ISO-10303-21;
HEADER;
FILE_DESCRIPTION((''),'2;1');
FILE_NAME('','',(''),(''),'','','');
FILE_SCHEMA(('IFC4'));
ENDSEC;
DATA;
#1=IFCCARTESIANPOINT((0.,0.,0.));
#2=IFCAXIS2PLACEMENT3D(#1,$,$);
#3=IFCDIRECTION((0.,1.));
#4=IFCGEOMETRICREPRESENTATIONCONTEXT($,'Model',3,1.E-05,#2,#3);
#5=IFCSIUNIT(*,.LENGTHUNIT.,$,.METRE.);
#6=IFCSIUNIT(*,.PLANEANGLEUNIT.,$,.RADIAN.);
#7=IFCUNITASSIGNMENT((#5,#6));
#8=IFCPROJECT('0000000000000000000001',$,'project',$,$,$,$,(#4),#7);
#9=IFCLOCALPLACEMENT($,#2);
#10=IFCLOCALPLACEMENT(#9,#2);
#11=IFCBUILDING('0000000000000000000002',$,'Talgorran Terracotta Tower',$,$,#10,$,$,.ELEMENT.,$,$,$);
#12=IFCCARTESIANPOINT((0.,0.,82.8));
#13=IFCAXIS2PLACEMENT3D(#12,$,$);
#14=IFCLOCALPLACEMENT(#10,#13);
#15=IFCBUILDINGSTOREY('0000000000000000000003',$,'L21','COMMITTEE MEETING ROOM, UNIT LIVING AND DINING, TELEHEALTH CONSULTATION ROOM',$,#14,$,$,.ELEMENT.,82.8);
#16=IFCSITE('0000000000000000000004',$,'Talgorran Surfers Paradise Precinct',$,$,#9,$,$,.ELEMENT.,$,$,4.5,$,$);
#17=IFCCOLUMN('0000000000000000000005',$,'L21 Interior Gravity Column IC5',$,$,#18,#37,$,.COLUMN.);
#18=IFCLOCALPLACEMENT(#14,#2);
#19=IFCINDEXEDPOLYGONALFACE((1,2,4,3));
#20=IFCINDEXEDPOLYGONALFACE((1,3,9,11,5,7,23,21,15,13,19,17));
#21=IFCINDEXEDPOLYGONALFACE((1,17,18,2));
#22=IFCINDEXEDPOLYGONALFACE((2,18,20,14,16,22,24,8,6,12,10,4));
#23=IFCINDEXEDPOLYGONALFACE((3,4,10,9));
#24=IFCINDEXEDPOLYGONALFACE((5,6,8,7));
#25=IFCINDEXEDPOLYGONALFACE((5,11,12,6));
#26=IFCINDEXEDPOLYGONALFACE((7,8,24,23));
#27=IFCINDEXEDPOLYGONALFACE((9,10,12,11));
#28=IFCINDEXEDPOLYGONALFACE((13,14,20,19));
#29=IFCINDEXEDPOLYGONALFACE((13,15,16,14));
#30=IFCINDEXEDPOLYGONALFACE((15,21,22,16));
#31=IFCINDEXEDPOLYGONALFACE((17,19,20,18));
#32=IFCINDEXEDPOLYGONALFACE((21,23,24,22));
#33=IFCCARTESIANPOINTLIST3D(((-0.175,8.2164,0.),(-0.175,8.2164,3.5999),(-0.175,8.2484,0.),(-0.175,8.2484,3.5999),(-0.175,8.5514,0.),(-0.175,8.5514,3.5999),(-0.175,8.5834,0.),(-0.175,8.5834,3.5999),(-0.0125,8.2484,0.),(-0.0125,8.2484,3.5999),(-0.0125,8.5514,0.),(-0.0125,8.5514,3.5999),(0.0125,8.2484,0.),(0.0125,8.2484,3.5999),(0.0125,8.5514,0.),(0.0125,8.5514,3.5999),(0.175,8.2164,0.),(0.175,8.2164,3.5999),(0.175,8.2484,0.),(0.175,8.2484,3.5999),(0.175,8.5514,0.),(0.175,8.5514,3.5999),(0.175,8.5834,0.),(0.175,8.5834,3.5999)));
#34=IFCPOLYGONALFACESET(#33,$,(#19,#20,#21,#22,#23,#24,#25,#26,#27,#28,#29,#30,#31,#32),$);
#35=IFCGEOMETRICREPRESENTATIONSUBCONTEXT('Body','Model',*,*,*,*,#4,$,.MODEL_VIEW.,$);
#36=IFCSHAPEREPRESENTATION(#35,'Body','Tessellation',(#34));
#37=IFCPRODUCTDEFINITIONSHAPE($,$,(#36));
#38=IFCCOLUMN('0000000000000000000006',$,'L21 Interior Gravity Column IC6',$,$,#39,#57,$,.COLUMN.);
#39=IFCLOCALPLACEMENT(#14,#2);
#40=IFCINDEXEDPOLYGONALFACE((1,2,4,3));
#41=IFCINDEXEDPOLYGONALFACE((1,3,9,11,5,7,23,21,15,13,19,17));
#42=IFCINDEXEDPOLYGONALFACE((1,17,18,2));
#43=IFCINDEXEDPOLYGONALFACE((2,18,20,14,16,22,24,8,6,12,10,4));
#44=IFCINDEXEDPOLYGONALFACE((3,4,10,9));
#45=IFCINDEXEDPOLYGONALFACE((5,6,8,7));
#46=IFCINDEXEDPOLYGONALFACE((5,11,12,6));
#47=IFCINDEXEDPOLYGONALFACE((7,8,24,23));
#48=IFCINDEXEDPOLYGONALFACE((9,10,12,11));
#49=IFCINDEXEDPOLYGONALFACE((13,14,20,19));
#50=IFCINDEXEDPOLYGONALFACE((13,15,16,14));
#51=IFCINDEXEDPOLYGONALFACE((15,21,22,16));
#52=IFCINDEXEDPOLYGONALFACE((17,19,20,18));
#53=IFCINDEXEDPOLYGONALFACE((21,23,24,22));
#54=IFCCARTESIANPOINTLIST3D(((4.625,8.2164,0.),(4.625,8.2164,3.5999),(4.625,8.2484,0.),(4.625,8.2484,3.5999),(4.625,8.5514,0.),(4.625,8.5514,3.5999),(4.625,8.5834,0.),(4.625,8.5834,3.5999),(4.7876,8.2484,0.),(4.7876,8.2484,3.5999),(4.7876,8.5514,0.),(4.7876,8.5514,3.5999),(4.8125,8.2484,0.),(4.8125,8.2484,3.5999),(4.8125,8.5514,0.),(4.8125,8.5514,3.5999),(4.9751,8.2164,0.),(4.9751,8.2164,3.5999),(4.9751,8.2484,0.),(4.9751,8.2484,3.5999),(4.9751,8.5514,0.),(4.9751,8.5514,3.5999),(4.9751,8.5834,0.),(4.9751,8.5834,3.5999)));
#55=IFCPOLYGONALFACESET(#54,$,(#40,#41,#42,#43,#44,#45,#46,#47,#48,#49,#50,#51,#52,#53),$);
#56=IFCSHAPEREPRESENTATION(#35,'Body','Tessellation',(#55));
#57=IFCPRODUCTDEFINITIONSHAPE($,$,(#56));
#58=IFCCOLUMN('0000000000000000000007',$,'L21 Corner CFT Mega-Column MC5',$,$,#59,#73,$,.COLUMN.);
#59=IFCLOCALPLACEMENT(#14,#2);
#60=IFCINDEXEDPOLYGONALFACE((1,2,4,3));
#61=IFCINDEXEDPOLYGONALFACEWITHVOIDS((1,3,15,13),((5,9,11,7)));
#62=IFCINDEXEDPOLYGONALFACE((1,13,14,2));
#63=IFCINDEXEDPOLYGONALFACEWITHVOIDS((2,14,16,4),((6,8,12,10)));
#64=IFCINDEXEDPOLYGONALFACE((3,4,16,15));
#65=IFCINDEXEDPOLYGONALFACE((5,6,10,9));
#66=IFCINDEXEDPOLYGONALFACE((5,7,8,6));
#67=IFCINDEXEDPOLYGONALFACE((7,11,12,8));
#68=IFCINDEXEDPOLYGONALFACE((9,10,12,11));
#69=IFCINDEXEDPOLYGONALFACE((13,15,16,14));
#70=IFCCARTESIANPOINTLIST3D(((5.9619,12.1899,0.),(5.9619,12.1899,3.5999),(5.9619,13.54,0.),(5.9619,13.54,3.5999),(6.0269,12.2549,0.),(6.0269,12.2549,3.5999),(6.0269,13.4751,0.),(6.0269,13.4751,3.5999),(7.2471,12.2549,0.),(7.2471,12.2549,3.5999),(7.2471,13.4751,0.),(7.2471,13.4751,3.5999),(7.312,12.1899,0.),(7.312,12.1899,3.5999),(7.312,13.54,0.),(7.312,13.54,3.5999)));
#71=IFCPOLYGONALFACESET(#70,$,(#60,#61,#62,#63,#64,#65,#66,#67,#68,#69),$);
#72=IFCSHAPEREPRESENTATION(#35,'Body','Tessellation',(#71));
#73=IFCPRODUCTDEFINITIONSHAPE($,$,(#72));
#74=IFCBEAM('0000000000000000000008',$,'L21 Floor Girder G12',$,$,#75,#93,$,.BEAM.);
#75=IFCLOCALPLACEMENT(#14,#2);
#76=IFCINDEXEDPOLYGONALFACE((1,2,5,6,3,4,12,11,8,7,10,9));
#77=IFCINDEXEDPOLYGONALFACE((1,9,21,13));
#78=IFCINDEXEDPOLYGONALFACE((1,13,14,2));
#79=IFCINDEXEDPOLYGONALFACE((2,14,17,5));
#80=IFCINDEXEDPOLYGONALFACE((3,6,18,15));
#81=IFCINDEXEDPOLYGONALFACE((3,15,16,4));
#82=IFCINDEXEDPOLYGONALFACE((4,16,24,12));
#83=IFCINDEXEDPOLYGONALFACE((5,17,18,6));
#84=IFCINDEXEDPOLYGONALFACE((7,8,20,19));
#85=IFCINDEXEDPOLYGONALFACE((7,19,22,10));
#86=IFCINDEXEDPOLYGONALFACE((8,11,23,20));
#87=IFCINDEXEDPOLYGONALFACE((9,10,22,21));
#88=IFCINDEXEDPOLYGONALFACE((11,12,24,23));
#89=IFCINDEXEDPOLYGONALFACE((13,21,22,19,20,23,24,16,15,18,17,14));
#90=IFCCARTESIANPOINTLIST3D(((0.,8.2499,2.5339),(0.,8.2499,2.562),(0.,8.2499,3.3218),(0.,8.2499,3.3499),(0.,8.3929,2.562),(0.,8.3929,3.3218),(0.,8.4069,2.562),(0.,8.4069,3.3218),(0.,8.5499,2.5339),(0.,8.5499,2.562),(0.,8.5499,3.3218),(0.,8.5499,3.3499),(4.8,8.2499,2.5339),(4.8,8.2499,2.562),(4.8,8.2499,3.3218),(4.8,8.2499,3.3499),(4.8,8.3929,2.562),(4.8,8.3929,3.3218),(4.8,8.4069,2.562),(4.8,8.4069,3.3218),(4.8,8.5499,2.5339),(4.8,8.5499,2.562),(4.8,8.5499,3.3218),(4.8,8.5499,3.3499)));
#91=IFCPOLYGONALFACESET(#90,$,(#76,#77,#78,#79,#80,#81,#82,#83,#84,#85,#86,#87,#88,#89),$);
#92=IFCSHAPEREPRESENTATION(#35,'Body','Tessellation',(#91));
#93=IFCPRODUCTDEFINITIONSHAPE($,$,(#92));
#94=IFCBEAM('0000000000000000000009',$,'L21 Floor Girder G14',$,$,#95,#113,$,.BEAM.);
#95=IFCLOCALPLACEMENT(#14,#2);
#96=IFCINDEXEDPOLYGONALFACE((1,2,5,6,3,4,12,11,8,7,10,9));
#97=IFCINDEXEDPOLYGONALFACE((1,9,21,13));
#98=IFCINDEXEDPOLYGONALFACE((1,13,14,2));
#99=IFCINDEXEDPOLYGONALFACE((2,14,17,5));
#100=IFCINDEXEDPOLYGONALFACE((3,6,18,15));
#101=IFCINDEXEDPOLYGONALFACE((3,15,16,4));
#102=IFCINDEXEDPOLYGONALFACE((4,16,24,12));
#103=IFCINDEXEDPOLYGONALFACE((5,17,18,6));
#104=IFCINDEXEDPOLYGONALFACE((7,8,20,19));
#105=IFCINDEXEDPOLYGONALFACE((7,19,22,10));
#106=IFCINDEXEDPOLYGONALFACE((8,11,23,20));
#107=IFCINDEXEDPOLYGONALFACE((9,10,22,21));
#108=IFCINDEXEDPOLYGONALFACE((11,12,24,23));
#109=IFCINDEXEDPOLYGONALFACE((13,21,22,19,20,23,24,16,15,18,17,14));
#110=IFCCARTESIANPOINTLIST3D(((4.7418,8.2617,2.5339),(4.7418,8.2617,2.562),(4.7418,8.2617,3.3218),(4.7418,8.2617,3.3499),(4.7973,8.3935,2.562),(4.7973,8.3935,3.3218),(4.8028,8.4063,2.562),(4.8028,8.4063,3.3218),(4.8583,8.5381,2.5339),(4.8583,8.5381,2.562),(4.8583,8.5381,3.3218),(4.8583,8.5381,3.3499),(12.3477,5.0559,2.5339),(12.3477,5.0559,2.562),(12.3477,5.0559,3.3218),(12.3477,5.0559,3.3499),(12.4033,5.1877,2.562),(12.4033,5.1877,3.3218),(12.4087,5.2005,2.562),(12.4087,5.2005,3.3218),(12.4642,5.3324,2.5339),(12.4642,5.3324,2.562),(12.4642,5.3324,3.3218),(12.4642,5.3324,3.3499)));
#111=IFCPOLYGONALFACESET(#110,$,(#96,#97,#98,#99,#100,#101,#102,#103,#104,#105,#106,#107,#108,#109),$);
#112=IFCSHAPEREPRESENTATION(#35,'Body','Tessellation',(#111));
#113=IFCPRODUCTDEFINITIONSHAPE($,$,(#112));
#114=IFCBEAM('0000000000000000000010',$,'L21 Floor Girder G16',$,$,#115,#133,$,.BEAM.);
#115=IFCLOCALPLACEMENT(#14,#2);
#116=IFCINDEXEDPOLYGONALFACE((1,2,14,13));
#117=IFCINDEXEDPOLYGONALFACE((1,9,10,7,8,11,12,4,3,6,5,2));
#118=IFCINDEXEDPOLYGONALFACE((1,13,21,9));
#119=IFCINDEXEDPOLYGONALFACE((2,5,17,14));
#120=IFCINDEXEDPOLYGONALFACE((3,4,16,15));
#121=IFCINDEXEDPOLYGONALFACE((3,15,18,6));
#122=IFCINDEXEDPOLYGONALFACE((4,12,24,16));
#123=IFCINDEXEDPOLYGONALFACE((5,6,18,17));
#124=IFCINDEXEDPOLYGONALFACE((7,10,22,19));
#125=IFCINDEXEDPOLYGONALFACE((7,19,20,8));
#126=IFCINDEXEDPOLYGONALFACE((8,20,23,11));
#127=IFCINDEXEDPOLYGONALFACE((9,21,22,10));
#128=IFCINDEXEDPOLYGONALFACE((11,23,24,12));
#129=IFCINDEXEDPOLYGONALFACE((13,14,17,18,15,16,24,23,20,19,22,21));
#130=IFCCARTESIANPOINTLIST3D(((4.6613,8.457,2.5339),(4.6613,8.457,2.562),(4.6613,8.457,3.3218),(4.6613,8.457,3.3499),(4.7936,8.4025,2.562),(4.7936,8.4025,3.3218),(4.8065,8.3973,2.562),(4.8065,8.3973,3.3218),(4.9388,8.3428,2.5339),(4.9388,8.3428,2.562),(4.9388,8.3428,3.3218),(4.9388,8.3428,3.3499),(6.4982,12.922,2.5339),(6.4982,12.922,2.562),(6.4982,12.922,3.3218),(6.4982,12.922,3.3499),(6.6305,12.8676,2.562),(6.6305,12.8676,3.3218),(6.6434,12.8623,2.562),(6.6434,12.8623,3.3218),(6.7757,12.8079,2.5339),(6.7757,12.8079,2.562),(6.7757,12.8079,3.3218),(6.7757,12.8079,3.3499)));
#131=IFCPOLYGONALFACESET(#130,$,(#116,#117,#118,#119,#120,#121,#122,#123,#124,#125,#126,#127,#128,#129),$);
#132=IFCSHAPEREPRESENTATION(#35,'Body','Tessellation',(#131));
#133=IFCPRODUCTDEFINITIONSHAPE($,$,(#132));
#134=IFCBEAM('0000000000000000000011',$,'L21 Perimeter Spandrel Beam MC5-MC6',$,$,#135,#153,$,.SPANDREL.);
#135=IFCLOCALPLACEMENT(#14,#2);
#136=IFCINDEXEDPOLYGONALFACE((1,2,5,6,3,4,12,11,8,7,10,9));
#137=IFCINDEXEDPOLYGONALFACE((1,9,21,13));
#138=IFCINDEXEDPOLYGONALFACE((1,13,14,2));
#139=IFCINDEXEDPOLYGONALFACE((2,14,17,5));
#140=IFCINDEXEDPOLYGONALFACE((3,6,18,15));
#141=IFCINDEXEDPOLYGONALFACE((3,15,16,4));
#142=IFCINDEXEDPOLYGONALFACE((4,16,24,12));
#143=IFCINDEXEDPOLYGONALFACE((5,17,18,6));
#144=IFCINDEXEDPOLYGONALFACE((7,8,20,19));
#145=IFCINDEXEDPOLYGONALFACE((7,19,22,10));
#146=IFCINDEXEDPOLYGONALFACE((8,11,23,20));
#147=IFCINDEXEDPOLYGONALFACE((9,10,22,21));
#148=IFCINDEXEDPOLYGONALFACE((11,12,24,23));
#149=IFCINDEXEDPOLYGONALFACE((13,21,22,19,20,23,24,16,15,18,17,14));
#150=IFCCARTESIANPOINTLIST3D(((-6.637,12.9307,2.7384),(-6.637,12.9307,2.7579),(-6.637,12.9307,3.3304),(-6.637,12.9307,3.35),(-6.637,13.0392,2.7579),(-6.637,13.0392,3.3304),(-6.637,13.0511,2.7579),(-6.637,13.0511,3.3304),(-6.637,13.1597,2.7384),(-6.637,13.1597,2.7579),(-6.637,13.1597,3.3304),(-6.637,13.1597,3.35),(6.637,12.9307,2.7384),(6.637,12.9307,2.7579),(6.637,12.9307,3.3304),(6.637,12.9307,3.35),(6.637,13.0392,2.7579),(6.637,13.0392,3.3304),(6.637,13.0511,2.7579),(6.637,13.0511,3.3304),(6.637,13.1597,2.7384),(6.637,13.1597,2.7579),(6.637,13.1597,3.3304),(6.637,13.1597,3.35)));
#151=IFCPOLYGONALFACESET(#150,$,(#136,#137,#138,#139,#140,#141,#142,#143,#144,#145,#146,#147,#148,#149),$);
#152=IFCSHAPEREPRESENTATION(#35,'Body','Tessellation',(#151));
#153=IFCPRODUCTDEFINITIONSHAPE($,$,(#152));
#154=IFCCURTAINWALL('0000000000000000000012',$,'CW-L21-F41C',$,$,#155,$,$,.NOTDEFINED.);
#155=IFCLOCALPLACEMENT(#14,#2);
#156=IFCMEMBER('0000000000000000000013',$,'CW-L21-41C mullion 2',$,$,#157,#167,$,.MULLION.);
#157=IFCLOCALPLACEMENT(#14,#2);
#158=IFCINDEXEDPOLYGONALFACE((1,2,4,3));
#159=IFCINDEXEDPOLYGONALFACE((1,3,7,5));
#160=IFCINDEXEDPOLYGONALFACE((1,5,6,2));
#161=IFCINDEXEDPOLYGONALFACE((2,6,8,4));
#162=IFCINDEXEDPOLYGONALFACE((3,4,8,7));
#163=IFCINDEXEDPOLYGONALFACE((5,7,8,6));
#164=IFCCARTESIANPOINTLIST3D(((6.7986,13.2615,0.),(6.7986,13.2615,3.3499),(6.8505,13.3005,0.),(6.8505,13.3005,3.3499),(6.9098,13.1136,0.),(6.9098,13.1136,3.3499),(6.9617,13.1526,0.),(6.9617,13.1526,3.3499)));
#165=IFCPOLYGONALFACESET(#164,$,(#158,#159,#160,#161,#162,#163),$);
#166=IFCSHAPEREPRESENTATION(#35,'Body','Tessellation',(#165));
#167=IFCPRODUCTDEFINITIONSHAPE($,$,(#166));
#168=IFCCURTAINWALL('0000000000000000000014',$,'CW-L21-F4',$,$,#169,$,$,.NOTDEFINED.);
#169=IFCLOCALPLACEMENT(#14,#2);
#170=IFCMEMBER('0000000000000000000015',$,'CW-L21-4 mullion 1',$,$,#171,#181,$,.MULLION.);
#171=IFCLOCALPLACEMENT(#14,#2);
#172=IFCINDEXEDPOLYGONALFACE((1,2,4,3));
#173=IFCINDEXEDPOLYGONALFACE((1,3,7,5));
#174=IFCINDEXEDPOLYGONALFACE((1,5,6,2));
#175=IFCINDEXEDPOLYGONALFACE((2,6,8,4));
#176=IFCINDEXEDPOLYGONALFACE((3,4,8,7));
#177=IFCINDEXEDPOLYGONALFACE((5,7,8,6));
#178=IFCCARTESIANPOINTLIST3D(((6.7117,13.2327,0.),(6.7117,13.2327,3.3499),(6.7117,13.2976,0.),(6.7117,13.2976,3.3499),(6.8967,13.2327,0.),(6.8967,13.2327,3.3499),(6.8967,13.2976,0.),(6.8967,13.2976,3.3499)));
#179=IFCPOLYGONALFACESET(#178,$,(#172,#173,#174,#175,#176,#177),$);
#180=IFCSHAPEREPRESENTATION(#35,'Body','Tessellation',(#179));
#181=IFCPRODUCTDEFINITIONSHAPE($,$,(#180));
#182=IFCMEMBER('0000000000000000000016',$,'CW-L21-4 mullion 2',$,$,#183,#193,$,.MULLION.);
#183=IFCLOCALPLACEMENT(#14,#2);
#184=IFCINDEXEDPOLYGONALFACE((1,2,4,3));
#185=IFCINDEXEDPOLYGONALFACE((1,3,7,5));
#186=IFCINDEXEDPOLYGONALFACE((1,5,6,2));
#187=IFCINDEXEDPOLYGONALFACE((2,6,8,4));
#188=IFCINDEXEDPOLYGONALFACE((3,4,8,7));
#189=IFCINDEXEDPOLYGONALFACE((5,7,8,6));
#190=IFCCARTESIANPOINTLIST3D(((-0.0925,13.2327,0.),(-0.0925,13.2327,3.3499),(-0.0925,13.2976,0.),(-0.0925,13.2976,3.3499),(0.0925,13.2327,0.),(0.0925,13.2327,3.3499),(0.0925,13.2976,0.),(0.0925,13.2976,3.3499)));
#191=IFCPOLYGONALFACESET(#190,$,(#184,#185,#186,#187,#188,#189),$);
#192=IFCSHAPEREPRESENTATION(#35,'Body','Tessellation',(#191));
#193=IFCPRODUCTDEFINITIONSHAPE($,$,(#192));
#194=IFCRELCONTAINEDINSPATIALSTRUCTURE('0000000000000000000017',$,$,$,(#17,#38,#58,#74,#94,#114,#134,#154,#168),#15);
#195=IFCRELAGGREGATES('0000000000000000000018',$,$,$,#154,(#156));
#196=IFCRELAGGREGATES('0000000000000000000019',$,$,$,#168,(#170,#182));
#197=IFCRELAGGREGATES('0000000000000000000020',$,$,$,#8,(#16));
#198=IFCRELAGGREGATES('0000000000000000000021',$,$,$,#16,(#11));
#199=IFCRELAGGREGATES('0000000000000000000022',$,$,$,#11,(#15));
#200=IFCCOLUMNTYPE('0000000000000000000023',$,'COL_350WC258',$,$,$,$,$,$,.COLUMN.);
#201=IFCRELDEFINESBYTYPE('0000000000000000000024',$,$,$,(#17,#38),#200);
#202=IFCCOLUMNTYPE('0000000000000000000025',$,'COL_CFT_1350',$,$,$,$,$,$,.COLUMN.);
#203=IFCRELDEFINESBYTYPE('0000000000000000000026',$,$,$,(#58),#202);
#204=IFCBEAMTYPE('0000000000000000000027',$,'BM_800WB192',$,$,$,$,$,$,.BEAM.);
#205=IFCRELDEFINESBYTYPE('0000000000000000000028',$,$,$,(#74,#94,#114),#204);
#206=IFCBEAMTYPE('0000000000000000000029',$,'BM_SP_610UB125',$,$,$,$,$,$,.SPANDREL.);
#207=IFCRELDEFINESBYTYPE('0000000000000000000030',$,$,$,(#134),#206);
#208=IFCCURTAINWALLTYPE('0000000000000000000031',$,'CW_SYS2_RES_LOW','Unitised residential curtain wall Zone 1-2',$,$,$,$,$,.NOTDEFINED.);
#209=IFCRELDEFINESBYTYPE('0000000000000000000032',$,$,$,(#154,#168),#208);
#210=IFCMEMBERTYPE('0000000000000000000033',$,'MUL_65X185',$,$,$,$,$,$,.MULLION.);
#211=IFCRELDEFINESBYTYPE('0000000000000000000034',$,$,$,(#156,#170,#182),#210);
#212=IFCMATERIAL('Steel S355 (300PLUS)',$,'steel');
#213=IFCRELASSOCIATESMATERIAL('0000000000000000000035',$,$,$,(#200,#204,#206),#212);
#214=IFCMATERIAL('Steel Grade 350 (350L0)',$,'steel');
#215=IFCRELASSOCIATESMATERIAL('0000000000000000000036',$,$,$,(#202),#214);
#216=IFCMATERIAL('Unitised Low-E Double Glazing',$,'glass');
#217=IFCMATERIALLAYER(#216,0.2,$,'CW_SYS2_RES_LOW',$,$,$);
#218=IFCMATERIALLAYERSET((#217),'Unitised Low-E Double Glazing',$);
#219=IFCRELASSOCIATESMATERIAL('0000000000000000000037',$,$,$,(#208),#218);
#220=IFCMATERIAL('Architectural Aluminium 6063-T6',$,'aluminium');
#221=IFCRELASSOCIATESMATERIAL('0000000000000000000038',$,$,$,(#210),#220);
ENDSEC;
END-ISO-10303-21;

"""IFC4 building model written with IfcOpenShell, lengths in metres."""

from ifc_helpers import new_model, si_unit, direction, frame, origin, origin_2d, place, context, subcontext, project, spatial, rectangle, hollow_rectangle, i_section, extrude, material, layer, layer_set, material_profile, profile_set, type_object, element, aggregate, save


model = new_model("IFC4")

# Units and contexts
model_context = context("Model", 3, precision=1e-05, world=origin(), true_north=direction((0.0, 1.0)))
body_context = subcontext(model_context, "Body", "Model", "MODEL_VIEW")
ifc_project = project(units=[si_unit("LENGTHUNIT", "METRE"), si_unit("PLANEANGLEUNIT", "RADIAN")], contexts=[model_context])

# Site, building, storey
site_placement = place(None, origin())
site = spatial("IfcSite", under=ifc_project, at=site_placement, Name="Talgorran Surfers Paradise Precinct", CompositionType="ELEMENT", RefElevation=4.5)
building_placement = place(site_placement, origin())
building = spatial("IfcBuilding", under=site, at=building_placement, Name="Talgorran Terracotta Tower", CompositionType="ELEMENT")
storey_placement = place(building_placement, frame((0.0, 0.0, 82.8)))
storey = spatial("IfcBuildingStorey", under=building, at=storey_placement, Name="L21", Description="COMMITTEE MEETING ROOM, UNIT LIVING AND DINING, TELEHEALTH CONSULTATION ROOM", CompositionType="ELEMENT", Elevation=82.8)

# Columns
ifc_material_1 = material(Name="Steel S355 (300PLUS)", Category="steel")
ifc_material_profile_1 = material_profile(ifc_material_1, i_section(OverallWidth=0.3501, OverallDepth=0.3669, WebThickness=0.0249, FlangeThickness=0.032, at=origin_2d()), Name="350WC258")
ifc_profile_set_1 = profile_set([ifc_material_profile_1], Name="Steel S355 (300PLUS)")
column_type_1 = type_object("IfcColumnType", Name="COL_350WC258", PredefinedType="COLUMN", material=ifc_profile_set_1)
for number, where, z_axis, x_axis, name in (
    (1, (0.0, 8.3999, 0.0), (0.0, 0.0, 1.0), (1.0, 0.0, 0.0), "L21 Interior Gravity Column IC5"),
    (2, (4.8, 8.3999, 0.0), (0.0, 0.0, 1.0), (1.0, 0.0, 0.0), "L21 Interior Gravity Column IC6"),
):
    element("IfcColumn", number, at=place(storey_placement, frame(where, z_axis=z_axis, x_axis=x_axis)), inside=storey, type_object=column_type_1, Name=name, PredefinedType="COLUMN", context=body_context, shape_type="SweptSolid", body=[
        extrude(i_section(OverallWidth=0.3501, OverallDepth=0.3669, WebThickness=0.0249, FlangeThickness=0.032, at=origin_2d()), origin(), (0.0, 0.0, 1.0), 3.5999),
    ])
ifc_material_2 = material(Name="Steel Grade 350 (350L0)", Category="steel")
ifc_material_profile_2 = material_profile(ifc_material_2, hollow_rectangle(XDim=1.3501, YDim=1.3501, WallThickness=0.0649, at=origin_2d()), Name="CFT1350X1350X65")
ifc_profile_set_2 = profile_set([ifc_material_profile_2], Name="Steel Grade 350 (350L0)")
column_type_2 = type_object("IfcColumnType", Name="COL_CFT_1350", PredefinedType="COLUMN", material=ifc_profile_set_2)
column_placement = place(storey_placement, frame((6.637, 12.865, 0.0), z_axis=(0.0, 0.0, 1.0), x_axis=(1.0, 0.0, 0.0)))
element("IfcColumn", 3, at=column_placement, inside=storey, type_object=column_type_2, Name="L21 Corner CFT Mega-Column MC5", PredefinedType="COLUMN", context=body_context, shape_type="SweptSolid", body=[
    extrude(hollow_rectangle(XDim=1.3501, YDim=1.3501, WallThickness=0.0649, at=origin_2d()), origin(), (0.0, 0.0, 1.0), 3.5999),
])

# Beams
ifc_material_profile_3 = material_profile(ifc_material_1, i_section(OverallWidth=0.3, OverallDepth=0.8159, WebThickness=0.0139, FlangeThickness=0.0281, at=origin_2d()), Name="800WB192")
ifc_profile_set_3 = profile_set([ifc_material_profile_3], Name="Steel S355 (300PLUS)")
beam_type_1 = type_object("IfcBeamType", Name="BM_800WB192", PredefinedType="BEAM", material=ifc_profile_set_3)
beam_1_placement = place(storey_placement, frame((0.0, 8.3999, 2.9419), z_axis=(1.0, 0.0, 0.0), x_axis=(0.0, 1.0, 0.0)))
element("IfcBeam", 4, at=beam_1_placement, inside=storey, type_object=beam_type_1, Name="L21 Floor Girder G12", PredefinedType="BEAM", context=body_context, shape_type="SweptSolid", body=[
    extrude(i_section(OverallWidth=0.3, OverallDepth=0.8159, WebThickness=0.0139, FlangeThickness=0.0281, at=origin_2d()), origin(), (0.0, 0.0, 1.0), 4.8),
])
beam_2_placement = place(storey_placement, frame((4.8, 8.3999, 2.9419), z_axis=(0.921492, -0.388397, 0.0), x_axis=(0.388397, 0.921492, 0.0)))
element("IfcBeam", 5, at=beam_2_placement, inside=storey, type_object=beam_type_1, Name="L21 Floor Girder G14", PredefinedType="BEAM", context=body_context, shape_type="SweptSolid", body=[
    extrude(i_section(OverallWidth=0.3, OverallDepth=0.8159, WebThickness=0.0139, FlangeThickness=0.0281, at=origin_2d()), origin(), (0.0, 0.0, 1.0), 8.2539),
])
beam_3_placement = place(storey_placement, frame((4.8, 8.3999, 2.9419), z_axis=(0.380457, 0.924798, 0.0), x_axis=(-0.924798, 0.380457, 0.0)))
element("IfcBeam", 6, at=beam_3_placement, inside=storey, type_object=beam_type_1, Name="L21 Floor Girder G16", PredefinedType="BEAM", context=body_context, shape_type="SweptSolid", body=[
    extrude(i_section(OverallWidth=0.3, OverallDepth=0.8159, WebThickness=0.0139, FlangeThickness=0.0281, at=origin_2d()), origin(), (0.0, 0.0, 1.0), 4.8281),
])
ifc_material_profile_4 = material_profile(ifc_material_1, i_section(OverallWidth=0.229, OverallDepth=0.6116, WebThickness=0.012, FlangeThickness=0.0195, at=origin_2d()), Name="610UB125")
ifc_profile_set_4 = profile_set([ifc_material_profile_4], Name="Steel S355 (300PLUS)")
beam_type_2 = type_object("IfcBeamType", Name="BM_SP_610UB125", PredefinedType="SPANDREL", material=ifc_profile_set_4)
beam_4_placement = place(storey_placement, frame((6.637, 13.0452, 3.0442), z_axis=(-1.0, 0.0, 0.0), x_axis=(0.0, -1.0, 0.0)))
element("IfcBeam", 7, at=beam_4_placement, inside=storey, type_object=beam_type_2, Name="L21 Perimeter Spandrel Beam MC5-MC6", PredefinedType="SPANDREL", context=body_context, shape_type="SweptSolid", body=[
    extrude(i_section(OverallWidth=0.229, OverallDepth=0.6116, WebThickness=0.012, FlangeThickness=0.0195, at=origin_2d()), origin(), (0.0, 0.0, 1.0), 13.2739),
])

# Curtain wall, member
ifc_material_3 = material(Name="Unitised Low-E Double Glazing", Category="glass")
ifc_layer_1 = layer(ifc_material_3, 0.2, Name="CW_SYS2_RES_LOW")
ifc_layer_set_1 = layer_set([ifc_layer_1], Name="Unitised Low-E Double Glazing")
curtain_wall_type = type_object("IfcCurtainWallType", Name="CW_SYS2_RES_LOW", Description="Unitised residential curtain wall Zone 1-2", PredefinedType="NOTDEFINED", material=ifc_layer_set_1)
curtain_wall_1_placement = place(storey_placement, origin())
curtain_wall_1 = element("IfcCurtainWall", 8, at=curtain_wall_1_placement, inside=storey, type_object=curtain_wall_type, Name="CW-L21-F41C", PredefinedType="NOTDEFINED")
ifc_material_4 = material(Name="Architectural Aluminium 6063-T6", Category="aluminium")
ifc_material_profile_5 = material_profile(ifc_material_4, rectangle(XDim=0.0649, YDim=0.1851, at=origin_2d()), Name="CWM65X185")
ifc_profile_set_5 = profile_set([ifc_material_profile_5], Name="Architectural Aluminium 6063-T6")
member_type_1 = type_object("IfcMemberType", Name="MUL_65X185", PredefinedType="MULLION", material=ifc_profile_set_5)
member_1_placement = place(storey_placement, frame((6.8801, 13.207, 0.0), z_axis=(0.0, 0.0, 1.0), x_axis=(-0.799213, -0.601048, 0.0)))
member_1 = element("IfcMember", 9, at=member_1_placement, type_object=member_type_1, Name="CW-L21-41C mullion 2", PredefinedType="MULLION", context=body_context, shape_type="SweptSolid", body=[
    extrude(rectangle(XDim=0.0649, YDim=0.1851, at=origin_2d()), origin(), (0.0, 0.0, 1.0), 3.3499),
])

# Curtain wall, members
curtain_wall_2_placement = place(storey_placement, origin())
curtain_wall_2 = element("IfcCurtainWall", 10, at=curtain_wall_2_placement, inside=storey, type_object=curtain_wall_type, Name="CW-L21-F4", PredefinedType="NOTDEFINED")
member_2_placement = place(storey_placement, frame((6.8042, 13.2651, 0.0), z_axis=(0.0, 0.0, 1.0), x_axis=(0.0, -1.0, 0.0)))
member_2 = element("IfcMember", 11, at=member_2_placement, type_object=member_type_1, Name="CW-L21-4 mullion 1", PredefinedType="MULLION", context=body_context, shape_type="SweptSolid", body=[
    extrude(rectangle(XDim=0.0649, YDim=0.1851, at=origin_2d()), origin(), (0.0, 0.0, 1.0), 3.3499),
])
member_3_placement = place(storey_placement, frame((0.0, 13.2651, 0.0), z_axis=(0.0, 0.0, 1.0), x_axis=(0.0, -1.0, 0.0)))
member_3 = element("IfcMember", 12, at=member_3_placement, type_object=member_type_1, Name="CW-L21-4 mullion 2", PredefinedType="MULLION", context=body_context, shape_type="SweptSolid", body=[
    extrude(rectangle(XDim=0.0649, YDim=0.1851, at=origin_2d()), origin(), (0.0, 0.0, 1.0), 3.3499),
])

aggregate(curtain_wall_1, [member_1])
aggregate(curtain_wall_2, [member_2, member_3])

save(model, "model.ifc")
